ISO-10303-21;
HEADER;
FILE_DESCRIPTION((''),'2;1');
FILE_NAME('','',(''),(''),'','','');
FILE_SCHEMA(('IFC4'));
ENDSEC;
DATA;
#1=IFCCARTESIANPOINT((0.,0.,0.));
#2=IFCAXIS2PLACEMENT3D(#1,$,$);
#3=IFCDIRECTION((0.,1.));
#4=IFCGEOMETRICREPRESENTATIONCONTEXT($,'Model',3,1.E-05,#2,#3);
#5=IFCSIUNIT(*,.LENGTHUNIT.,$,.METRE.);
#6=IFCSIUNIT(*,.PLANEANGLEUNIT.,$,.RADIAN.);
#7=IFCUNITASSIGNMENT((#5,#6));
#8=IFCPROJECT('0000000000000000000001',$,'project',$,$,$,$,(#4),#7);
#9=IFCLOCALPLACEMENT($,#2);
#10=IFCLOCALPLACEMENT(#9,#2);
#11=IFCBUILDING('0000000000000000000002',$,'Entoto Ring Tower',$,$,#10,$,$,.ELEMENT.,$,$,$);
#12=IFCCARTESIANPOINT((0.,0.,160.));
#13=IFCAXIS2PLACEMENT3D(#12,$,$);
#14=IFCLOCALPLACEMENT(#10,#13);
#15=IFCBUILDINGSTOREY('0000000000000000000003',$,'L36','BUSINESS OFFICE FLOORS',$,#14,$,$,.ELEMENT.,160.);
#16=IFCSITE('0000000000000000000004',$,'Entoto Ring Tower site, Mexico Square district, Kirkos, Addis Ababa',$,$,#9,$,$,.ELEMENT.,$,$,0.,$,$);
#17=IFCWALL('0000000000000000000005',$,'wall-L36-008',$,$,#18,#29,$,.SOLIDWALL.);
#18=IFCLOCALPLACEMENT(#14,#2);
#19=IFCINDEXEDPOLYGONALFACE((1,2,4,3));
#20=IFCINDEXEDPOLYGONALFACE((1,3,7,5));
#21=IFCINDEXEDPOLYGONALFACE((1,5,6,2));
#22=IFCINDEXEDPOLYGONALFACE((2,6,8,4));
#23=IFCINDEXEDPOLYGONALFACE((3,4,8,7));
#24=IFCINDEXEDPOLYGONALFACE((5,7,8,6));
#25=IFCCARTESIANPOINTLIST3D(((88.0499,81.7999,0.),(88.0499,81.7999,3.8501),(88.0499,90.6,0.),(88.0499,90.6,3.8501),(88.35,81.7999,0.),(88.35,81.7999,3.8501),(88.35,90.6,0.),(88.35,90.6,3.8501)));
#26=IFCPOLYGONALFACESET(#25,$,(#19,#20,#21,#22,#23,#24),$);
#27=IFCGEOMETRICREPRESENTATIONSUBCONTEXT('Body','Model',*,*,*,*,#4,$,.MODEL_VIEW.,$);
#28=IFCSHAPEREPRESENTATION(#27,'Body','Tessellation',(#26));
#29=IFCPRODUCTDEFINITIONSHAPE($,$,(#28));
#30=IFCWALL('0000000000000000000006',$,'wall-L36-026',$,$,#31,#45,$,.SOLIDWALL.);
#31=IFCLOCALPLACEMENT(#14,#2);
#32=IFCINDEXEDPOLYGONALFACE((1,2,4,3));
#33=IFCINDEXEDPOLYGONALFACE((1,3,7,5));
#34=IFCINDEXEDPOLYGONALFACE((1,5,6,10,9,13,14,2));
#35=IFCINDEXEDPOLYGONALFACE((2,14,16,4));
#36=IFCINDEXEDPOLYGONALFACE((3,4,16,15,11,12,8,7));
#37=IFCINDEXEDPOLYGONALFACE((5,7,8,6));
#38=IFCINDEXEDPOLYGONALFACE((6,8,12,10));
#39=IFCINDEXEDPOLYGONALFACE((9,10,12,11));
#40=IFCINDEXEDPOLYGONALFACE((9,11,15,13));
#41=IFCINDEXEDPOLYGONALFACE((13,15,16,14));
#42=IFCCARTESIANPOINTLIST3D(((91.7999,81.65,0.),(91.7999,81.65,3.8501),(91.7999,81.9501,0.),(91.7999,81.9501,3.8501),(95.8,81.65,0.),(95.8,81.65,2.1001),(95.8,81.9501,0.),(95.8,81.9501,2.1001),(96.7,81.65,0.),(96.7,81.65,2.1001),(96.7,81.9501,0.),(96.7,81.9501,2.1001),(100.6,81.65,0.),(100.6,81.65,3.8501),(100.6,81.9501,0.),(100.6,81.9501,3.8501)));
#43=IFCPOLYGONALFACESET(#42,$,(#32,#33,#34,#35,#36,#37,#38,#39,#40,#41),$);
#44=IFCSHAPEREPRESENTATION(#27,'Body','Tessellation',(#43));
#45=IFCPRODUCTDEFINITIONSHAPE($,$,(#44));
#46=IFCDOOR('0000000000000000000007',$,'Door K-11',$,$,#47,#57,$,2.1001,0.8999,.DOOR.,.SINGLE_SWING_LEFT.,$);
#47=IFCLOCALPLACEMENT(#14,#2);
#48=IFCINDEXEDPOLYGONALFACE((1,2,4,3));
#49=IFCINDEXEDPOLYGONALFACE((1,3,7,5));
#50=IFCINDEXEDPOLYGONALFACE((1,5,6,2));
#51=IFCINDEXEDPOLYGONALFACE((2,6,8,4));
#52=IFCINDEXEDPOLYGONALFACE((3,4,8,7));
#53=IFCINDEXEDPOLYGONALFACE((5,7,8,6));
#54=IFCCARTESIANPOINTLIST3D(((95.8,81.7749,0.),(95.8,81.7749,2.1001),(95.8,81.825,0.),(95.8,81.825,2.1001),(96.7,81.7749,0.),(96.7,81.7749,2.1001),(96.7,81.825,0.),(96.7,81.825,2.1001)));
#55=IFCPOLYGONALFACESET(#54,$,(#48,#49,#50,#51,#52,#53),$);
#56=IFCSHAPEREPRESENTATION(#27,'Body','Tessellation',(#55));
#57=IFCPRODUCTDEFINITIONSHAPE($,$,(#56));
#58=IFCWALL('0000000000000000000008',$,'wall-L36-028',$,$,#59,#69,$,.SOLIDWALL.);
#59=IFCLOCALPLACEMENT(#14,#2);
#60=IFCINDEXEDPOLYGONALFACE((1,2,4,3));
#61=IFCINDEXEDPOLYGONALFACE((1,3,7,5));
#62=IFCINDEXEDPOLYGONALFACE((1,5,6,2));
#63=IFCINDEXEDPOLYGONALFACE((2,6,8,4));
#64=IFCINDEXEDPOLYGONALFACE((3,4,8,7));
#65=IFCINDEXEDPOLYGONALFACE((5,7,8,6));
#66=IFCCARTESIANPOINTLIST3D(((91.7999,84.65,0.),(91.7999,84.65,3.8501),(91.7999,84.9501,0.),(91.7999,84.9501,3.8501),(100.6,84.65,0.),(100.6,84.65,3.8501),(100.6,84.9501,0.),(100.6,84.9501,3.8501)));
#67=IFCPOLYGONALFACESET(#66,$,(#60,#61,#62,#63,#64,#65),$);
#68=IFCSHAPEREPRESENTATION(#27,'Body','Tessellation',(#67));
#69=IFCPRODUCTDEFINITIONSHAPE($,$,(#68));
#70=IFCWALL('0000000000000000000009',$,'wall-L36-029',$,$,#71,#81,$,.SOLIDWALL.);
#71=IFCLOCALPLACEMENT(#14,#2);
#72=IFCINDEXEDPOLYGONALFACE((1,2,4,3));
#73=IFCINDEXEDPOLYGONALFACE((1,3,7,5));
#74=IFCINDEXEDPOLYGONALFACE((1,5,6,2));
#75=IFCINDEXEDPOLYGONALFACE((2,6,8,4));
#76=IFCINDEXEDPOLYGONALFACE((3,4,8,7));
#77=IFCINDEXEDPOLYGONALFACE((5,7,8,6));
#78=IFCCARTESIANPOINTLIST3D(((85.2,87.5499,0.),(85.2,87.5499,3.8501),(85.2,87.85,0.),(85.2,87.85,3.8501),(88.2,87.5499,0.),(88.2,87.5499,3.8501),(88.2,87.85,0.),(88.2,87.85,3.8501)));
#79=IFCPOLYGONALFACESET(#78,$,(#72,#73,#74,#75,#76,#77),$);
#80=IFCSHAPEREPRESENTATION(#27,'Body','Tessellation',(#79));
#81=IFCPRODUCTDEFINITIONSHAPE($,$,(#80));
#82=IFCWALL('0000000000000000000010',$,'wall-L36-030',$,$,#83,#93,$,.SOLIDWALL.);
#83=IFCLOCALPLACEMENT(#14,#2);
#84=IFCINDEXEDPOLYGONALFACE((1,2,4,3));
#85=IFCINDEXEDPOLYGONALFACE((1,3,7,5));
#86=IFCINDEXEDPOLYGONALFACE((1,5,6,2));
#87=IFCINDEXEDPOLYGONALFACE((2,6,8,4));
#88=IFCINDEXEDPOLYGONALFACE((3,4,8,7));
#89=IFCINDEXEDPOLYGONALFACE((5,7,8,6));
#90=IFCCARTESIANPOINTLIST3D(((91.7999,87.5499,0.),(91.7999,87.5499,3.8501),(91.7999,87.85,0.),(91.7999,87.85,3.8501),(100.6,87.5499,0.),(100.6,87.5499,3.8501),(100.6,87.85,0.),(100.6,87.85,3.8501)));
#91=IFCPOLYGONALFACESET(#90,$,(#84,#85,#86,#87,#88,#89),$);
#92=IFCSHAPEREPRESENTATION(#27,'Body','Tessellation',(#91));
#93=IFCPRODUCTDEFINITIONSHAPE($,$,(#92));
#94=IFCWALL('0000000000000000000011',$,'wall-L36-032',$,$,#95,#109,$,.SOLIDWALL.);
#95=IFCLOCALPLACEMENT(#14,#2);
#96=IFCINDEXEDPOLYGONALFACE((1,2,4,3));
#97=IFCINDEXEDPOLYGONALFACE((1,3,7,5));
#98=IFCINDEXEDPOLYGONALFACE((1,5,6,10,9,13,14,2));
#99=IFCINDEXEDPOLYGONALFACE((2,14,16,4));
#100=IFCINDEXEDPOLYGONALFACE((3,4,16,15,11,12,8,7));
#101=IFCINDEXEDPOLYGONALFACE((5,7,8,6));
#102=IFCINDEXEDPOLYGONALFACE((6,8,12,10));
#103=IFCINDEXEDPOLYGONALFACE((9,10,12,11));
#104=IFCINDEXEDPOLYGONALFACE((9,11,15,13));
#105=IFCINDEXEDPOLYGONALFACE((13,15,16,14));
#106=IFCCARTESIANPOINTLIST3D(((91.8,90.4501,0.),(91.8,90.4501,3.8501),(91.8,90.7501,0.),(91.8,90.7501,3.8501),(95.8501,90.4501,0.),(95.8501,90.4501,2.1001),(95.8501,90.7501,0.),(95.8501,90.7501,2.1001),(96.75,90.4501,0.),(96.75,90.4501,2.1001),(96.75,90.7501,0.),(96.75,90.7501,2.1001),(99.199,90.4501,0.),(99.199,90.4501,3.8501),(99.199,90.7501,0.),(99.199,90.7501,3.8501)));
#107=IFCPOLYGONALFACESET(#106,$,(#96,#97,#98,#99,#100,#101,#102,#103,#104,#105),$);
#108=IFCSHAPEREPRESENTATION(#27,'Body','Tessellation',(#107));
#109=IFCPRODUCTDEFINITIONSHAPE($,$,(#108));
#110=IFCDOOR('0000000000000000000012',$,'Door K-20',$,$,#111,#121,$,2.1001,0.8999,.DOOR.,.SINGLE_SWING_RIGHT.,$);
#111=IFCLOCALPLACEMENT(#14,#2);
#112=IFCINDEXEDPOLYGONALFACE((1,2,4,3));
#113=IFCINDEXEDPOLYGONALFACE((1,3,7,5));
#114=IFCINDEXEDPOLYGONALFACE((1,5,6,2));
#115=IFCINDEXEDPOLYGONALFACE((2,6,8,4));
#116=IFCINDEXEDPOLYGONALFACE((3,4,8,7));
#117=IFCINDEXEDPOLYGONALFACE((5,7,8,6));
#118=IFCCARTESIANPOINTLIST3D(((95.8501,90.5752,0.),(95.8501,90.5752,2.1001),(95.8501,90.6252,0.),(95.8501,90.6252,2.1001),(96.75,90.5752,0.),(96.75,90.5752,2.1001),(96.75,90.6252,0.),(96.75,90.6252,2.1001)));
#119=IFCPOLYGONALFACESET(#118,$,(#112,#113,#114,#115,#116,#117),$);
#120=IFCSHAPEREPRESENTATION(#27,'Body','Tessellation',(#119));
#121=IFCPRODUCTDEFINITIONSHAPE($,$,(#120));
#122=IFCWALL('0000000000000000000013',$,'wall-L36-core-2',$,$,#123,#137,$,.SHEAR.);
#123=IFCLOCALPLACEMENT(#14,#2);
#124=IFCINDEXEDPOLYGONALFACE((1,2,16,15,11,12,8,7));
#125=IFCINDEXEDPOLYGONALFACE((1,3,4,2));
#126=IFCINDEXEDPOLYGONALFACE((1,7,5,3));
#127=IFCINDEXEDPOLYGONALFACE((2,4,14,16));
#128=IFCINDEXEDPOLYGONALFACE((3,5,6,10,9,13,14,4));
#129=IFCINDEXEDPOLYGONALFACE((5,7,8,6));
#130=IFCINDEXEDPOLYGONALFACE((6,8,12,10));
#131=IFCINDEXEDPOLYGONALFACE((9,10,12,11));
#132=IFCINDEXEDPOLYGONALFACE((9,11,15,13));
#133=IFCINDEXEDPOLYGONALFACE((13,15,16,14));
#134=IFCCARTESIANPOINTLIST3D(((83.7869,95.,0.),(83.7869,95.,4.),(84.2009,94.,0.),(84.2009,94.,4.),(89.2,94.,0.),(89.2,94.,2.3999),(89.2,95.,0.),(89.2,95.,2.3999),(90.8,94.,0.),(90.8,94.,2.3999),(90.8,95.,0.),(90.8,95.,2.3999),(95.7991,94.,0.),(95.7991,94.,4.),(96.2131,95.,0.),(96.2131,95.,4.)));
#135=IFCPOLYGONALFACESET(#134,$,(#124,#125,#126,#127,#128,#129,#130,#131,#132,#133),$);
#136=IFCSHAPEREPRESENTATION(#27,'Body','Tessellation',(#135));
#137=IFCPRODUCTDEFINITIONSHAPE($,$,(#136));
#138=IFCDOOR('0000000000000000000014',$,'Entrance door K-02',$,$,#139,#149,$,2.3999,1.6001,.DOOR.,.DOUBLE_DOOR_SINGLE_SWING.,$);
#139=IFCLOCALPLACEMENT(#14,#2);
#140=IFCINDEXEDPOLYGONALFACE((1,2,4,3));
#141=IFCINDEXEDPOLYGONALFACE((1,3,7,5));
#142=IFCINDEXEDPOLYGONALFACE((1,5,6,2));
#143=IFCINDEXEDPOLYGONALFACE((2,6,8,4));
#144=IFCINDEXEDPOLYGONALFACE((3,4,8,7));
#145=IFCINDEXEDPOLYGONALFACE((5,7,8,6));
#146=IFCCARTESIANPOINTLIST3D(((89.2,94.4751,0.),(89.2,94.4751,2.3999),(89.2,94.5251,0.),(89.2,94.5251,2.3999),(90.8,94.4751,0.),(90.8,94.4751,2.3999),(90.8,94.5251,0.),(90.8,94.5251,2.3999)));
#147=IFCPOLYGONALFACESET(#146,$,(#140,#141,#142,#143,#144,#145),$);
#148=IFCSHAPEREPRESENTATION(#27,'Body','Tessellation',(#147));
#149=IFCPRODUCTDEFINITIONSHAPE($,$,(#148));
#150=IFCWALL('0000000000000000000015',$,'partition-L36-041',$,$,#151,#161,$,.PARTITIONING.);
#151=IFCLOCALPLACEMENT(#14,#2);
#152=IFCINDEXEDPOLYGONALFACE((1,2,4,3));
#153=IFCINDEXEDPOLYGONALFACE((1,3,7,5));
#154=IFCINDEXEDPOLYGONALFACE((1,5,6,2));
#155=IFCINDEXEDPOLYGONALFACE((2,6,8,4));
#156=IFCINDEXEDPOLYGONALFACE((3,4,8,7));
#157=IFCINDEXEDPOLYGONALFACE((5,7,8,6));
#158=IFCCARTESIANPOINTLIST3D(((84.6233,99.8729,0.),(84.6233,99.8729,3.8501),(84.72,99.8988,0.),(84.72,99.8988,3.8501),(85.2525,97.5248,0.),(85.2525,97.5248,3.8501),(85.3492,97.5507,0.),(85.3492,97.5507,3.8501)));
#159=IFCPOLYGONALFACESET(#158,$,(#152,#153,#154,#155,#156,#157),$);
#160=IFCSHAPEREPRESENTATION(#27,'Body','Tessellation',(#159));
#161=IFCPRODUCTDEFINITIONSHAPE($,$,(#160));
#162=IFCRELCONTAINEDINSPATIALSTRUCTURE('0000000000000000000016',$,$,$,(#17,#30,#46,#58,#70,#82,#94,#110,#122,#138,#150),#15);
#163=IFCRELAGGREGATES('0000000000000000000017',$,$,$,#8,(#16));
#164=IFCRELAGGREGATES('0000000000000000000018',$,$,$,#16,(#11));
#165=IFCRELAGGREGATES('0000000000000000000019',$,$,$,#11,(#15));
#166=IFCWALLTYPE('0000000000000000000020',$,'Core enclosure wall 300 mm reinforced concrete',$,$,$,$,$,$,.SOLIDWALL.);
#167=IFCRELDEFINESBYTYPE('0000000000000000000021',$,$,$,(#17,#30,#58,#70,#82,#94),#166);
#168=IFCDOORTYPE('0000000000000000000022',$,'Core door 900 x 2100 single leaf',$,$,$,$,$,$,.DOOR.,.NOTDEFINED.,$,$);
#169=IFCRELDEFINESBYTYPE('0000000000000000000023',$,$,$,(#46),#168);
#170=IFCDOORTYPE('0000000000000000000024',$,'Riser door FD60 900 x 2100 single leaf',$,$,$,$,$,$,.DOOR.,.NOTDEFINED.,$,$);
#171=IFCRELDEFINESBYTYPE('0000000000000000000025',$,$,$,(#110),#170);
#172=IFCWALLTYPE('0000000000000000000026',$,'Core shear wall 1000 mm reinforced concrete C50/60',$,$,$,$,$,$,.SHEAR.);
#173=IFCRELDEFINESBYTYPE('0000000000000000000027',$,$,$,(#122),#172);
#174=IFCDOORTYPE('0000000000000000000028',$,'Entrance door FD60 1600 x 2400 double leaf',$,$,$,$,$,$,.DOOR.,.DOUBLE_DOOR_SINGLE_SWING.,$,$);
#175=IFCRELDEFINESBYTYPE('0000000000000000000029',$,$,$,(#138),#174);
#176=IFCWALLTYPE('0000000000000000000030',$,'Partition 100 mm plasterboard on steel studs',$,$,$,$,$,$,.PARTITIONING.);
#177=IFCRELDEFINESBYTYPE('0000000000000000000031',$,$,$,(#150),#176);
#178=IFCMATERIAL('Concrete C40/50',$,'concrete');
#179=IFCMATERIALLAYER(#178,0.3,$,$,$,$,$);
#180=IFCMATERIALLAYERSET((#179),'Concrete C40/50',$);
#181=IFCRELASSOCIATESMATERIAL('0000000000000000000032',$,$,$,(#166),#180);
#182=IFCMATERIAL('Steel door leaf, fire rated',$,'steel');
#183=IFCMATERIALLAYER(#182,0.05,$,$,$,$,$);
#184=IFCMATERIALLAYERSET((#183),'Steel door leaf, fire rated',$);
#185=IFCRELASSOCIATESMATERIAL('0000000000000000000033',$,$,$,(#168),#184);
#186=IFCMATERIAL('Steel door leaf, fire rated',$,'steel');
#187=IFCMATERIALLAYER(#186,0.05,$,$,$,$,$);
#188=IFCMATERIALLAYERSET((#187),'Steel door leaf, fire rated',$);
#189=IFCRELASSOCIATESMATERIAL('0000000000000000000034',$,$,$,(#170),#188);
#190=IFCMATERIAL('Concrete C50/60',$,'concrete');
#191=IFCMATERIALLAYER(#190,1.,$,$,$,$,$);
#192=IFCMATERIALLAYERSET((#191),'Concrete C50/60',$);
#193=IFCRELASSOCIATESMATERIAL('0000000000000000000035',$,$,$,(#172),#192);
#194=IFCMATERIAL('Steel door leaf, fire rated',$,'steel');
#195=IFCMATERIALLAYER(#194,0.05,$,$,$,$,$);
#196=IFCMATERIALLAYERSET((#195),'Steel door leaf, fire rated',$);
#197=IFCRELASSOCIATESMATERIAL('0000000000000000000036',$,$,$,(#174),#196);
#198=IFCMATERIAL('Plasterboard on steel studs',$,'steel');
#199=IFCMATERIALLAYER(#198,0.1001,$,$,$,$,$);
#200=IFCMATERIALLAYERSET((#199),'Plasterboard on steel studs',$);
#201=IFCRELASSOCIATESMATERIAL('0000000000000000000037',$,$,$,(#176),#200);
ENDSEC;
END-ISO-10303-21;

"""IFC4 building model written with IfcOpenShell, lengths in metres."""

from ifc_helpers import new_model, si_unit, direction, frame, frame_2d, origin, place, context, subcontext, project, spatial, polyline, rectangle, outline, extrude, material, layer, layer_set, type_object, element, fill, save


model = new_model("IFC4")

# Units and contexts
model_context = context("Model", 3, precision=1e-05, world=origin(), true_north=direction((0.0, 1.0)))
body_context = subcontext(model_context, "Body", "Model", "MODEL_VIEW")
ifc_project = project(units=[si_unit("LENGTHUNIT", "METRE"), si_unit("PLANEANGLEUNIT", "RADIAN")], contexts=[model_context])

# Site, building, storey
site_placement = place(None, origin())
site = spatial("IfcSite", under=ifc_project, at=site_placement, Name="Entoto Ring Tower site, Mexico Square district, Kirkos, Addis Ababa", CompositionType="ELEMENT", RefElevation=0.0)
building_placement = place(site_placement, origin())
building = spatial("IfcBuilding", under=site, at=building_placement, Name="Entoto Ring Tower", CompositionType="ELEMENT")
storey_placement = place(building_placement, frame((0.0, 0.0, 160.0)))
storey = spatial("IfcBuildingStorey", under=building, at=storey_placement, Name="L36", Description="BUSINESS OFFICE FLOORS", CompositionType="ELEMENT", Elevation=160.0)

# Shared definitions
ifc_material_1 = material(Name="Concrete C40/50", Category="concrete")
ifc_layer_1 = layer(ifc_material_1, 0.3)
ifc_layer_set_1 = layer_set([ifc_layer_1], Name="Concrete C40/50")
wall_type_1 = type_object("IfcWallType", Name="Core enclosure wall 300 mm reinforced concrete", PredefinedType="SOLIDWALL", material=ifc_layer_set_1)

# Wall
wall_1_placement = place(storey_placement, frame((88.2, 81.8, 0.0), z_axis=(0.0, 0.0, 1.0), x_axis=(0.0, 1.0, 0.0)))
element("IfcWall", 1, at=wall_1_placement, inside=storey, type_object=wall_type_1, Name="wall-L36-008", PredefinedType="SOLIDWALL", context=body_context, shape_type="SweptSolid", body=[
    extrude(rectangle(XDim=8.8, YDim=0.3, at=frame_2d((4.3999, 0.0))), origin(), (0.0, 0.0, 1.0), 3.8501),
])

# Wall, opening, door
wall_2_placement = place(storey_placement, frame((91.8, 81.8, 0.0), z_axis=(0.0, 0.0, 1.0), x_axis=(1.0, 0.0, 0.0)))
wall_2 = element("IfcWall", 2, at=wall_2_placement, inside=storey, type_object=wall_type_1, Name="wall-L36-026", PredefinedType="SOLIDWALL", context=body_context, shape_type="SweptSolid", body=[
    extrude(rectangle(XDim=8.8, YDim=0.3, at=frame_2d((4.3999, 0.0))), origin(), (0.0, 0.0, 1.0), 3.8501),
])
opening_1_placement = place(wall_2_placement, frame((4.0, 0.0, 0.0)))
opening_1 = element("IfcOpeningElement", 3, at=opening_1_placement, cuts=wall_2, PredefinedType="OPENING", context=body_context, shape_type="SweptSolid", body=[
    extrude(rectangle(XDim=0.8999, YDim=2.1001, at=frame_2d((0.45, 1.05))), frame((0.0, 0.1602, 0.0), z_axis=(0.0, -1.0, 0.0), x_axis=(1.0, 0.0, 0.0)), (0.0, 0.0, 1.0), 0.3201),
])
ifc_material_2 = material(Name="Steel door leaf, fire rated", Category="steel")
ifc_layer_2 = layer(ifc_material_2, 0.05)
ifc_layer_set_2 = layer_set([ifc_layer_2], Name="Steel door leaf, fire rated")
door_type_1 = type_object("IfcDoorType", Name="Core door 900 x 2100 single leaf", OperationType="NOTDEFINED", PredefinedType="DOOR", material=ifc_layer_set_2)
door_1_placement = place(opening_1_placement, origin())
door_1 = element("IfcDoor", 4, at=door_1_placement, inside=storey, type_object=door_type_1, Name="Door K-11", OperationType="SINGLE_SWING_LEFT", OverallHeight=2.1001, OverallWidth=0.8999, PredefinedType="DOOR", context=body_context, shape_type="SweptSolid", body=[
    extrude(rectangle(XDim=0.8999, YDim=2.1001, at=frame_2d((0.45, 1.05))), frame((0.0, 0.0249, 0.0), z_axis=(0.0, -1.0, 0.0), x_axis=(1.0, 0.0, 0.0)), (0.0, 0.0, 1.0), 0.05),
])
fill(opening_1, door_1)

# Walls
wall_3_placement = place(storey_placement, frame((91.8, 84.8, 0.0), z_axis=(0.0, 0.0, 1.0), x_axis=(1.0, 0.0, 0.0)))
element("IfcWall", 5, at=wall_3_placement, inside=storey, type_object=wall_type_1, Name="wall-L36-028", PredefinedType="SOLIDWALL", context=body_context, shape_type="SweptSolid", body=[
    extrude(rectangle(XDim=8.8, YDim=0.3, at=frame_2d((4.3999, 0.0))), origin(), (0.0, 0.0, 1.0), 3.8501),
])
wall_4_placement = place(storey_placement, frame((85.2, 87.7, 0.0), z_axis=(0.0, 0.0, 1.0), x_axis=(1.0, 0.0, 0.0)))
element("IfcWall", 6, at=wall_4_placement, inside=storey, type_object=wall_type_1, Name="wall-L36-029", PredefinedType="SOLIDWALL", context=body_context, shape_type="SweptSolid", body=[
    extrude(rectangle(XDim=3.0, YDim=0.3, at=frame_2d((1.5, 0.0))), origin(), (0.0, 0.0, 1.0), 3.8501),
])
wall_5_placement = place(storey_placement, frame((91.8, 87.7, 0.0), z_axis=(0.0, 0.0, 1.0), x_axis=(1.0, 0.0, 0.0)))
element("IfcWall", 7, at=wall_5_placement, inside=storey, type_object=wall_type_1, Name="wall-L36-030", PredefinedType="SOLIDWALL", context=body_context, shape_type="SweptSolid", body=[
    extrude(rectangle(XDim=8.8, YDim=0.3, at=frame_2d((4.3999, 0.0))), origin(), (0.0, 0.0, 1.0), 3.8501),
])

# Walls, openings, doors
wall_6_placement = place(storey_placement, frame((91.8, 90.6001, 0.0), z_axis=(0.0, 0.0, 1.0), x_axis=(1.0, 0.0, 0.0)))
wall_6 = element("IfcWall", 8, at=wall_6_placement, inside=storey, type_object=wall_type_1, Name="wall-L36-032", PredefinedType="SOLIDWALL", context=body_context, shape_type="SweptSolid", body=[
    extrude(rectangle(XDim=7.3989, YDim=0.3, at=frame_2d((3.6995, 0.0))), origin(), (0.0, 0.0, 1.0), 3.8501),
])
opening_2_placement = place(wall_6_placement, frame((4.05, 0.0, 0.0)))
opening_2 = element("IfcOpeningElement", 9, at=opening_2_placement, cuts=wall_6, PredefinedType="OPENING", context=body_context, shape_type="SweptSolid", body=[
    extrude(rectangle(XDim=0.8999, YDim=2.1001, at=frame_2d((0.45, 1.05))), frame((0.0, 0.1602, 0.0), z_axis=(0.0, -1.0, 0.0), x_axis=(1.0, 0.0, 0.0)), (0.0, 0.0, 1.0), 0.3201),
])
ifc_material_3 = material(Name="Steel door leaf, fire rated", Category="steel")
ifc_layer_3 = layer(ifc_material_3, 0.05)
ifc_layer_set_3 = layer_set([ifc_layer_3], Name="Steel door leaf, fire rated")
door_type_2 = type_object("IfcDoorType", Name="Riser door FD60 900 x 2100 single leaf", OperationType="NOTDEFINED", PredefinedType="DOOR", material=ifc_layer_set_3)
door_2_placement = place(opening_2_placement, frame((0.8999, 0.0, 0.0), z_axis=(0.0, 0.0, 1.0), x_axis=(-1.0, 0.0, 0.0)))
door_2 = element("IfcDoor", 10, at=door_2_placement, inside=storey, type_object=door_type_2, Name="Door K-20", OperationType="SINGLE_SWING_RIGHT", OverallHeight=2.1001, OverallWidth=0.8999, PredefinedType="DOOR", context=body_context, shape_type="SweptSolid", body=[
    extrude(rectangle(XDim=0.8999, YDim=2.1001, at=frame_2d((0.45, 1.05))), frame((0.0, 0.0249, 0.0), z_axis=(0.0, -1.0, 0.0), x_axis=(1.0, 0.0, 0.0)), (0.0, 0.0, 1.0), 0.05),
])
fill(opening_2, door_2)
ifc_material_4 = material(Name="Concrete C50/60", Category="concrete")
ifc_layer_4 = layer(ifc_material_4, 1.0)
ifc_layer_set_4 = layer_set([ifc_layer_4], Name="Concrete C50/60")
wall_type_2 = type_object("IfcWallType", Name="Core shear wall 1000 mm reinforced concrete C50/60", PredefinedType="SHEAR", material=ifc_layer_set_4)
wall_7_placement = place(storey_placement, frame((96.0061, 94.5, 0.0), z_axis=(0.0, 0.0, 1.0), x_axis=(-1.0, 0.0, 0.0)))
wall_7 = element("IfcWall", 11, at=wall_7_placement, inside=storey, type_object=wall_type_2, Name="wall-L36-core-2", PredefinedType="SHEAR", context=body_context, shape_type="SweptSolid", body=[
    extrude(outline(polyline([(-0.207, -0.5), (12.2192, -0.5), (11.8052, 0.5), (0.207, 0.5), (-0.207, -0.5)])), origin(), (0.0, 0.0, 1.0), 4.0),
])
opening_3_placement = place(wall_7_placement, frame((5.2061, 0.0, 0.0)))
opening_3 = element("IfcOpeningElement", 12, at=opening_3_placement, cuts=wall_7, PredefinedType="OPENING", context=body_context, shape_type="SweptSolid", body=[
    extrude(rectangle(XDim=1.6001, YDim=2.3999, at=frame_2d((0.8, 1.2))), frame((0.0, 0.51, 0.0), z_axis=(0.0, -1.0, 0.0), x_axis=(1.0, 0.0, 0.0)), (0.0, 0.0, 1.0), 1.02),
])
ifc_material_5 = material(Name="Steel door leaf, fire rated", Category="steel")
ifc_layer_5 = layer(ifc_material_5, 0.05)
ifc_layer_set_5 = layer_set([ifc_layer_5], Name="Steel door leaf, fire rated")
door_type_3 = type_object("IfcDoorType", Name="Entrance door FD60 1600 x 2400 double leaf", OperationType="DOUBLE_DOOR_SINGLE_SWING", PredefinedType="DOOR", material=ifc_layer_set_5)
door_3_placement = place(opening_3_placement, origin())
door_3 = element("IfcDoor", 13, at=door_3_placement, inside=storey, type_object=door_type_3, Name="Entrance door K-02", OperationType="DOUBLE_DOOR_SINGLE_SWING", OverallHeight=2.3999, OverallWidth=1.6001, PredefinedType="DOOR", context=body_context, shape_type="SweptSolid", body=[
    extrude(rectangle(XDim=1.6001, YDim=2.3999, at=frame_2d((0.8, 1.2))), frame((0.0, 0.0249, 0.0), z_axis=(0.0, -1.0, 0.0), x_axis=(1.0, 0.0, 0.0)), (0.0, 0.0, 1.0), 0.05),
])
fill(opening_3, door_3)

# Wall
ifc_material_6 = material(Name="Plasterboard on steel studs", Category="steel")
ifc_layer_6 = layer(ifc_material_6, 0.1001)
ifc_layer_set_6 = layer_set([ifc_layer_6], Name="Plasterboard on steel studs")
wall_type_3 = type_object("IfcWallType", Name="Partition 100 mm plasterboard on steel studs", PredefinedType="PARTITIONING", material=ifc_layer_set_6)
wall_8_placement = place(storey_placement, frame((85.3008, 97.5378, 0.0), z_axis=(0.0, 0.0, 1.0), x_axis=(-0.258806, 0.965929, 0.0)))
element("IfcWall", 14, at=wall_8_placement, inside=storey, type_object=wall_type_3, Name="partition-L36-041", PredefinedType="PARTITIONING", context=body_context, shape_type="SweptSolid", body=[
    extrude(rectangle(XDim=2.4309, YDim=0.1001, at=frame_2d((1.2153, 0.0))), origin(), (0.0, 0.0, 1.0), 3.8501),
])

save(model, "model.ifc")
